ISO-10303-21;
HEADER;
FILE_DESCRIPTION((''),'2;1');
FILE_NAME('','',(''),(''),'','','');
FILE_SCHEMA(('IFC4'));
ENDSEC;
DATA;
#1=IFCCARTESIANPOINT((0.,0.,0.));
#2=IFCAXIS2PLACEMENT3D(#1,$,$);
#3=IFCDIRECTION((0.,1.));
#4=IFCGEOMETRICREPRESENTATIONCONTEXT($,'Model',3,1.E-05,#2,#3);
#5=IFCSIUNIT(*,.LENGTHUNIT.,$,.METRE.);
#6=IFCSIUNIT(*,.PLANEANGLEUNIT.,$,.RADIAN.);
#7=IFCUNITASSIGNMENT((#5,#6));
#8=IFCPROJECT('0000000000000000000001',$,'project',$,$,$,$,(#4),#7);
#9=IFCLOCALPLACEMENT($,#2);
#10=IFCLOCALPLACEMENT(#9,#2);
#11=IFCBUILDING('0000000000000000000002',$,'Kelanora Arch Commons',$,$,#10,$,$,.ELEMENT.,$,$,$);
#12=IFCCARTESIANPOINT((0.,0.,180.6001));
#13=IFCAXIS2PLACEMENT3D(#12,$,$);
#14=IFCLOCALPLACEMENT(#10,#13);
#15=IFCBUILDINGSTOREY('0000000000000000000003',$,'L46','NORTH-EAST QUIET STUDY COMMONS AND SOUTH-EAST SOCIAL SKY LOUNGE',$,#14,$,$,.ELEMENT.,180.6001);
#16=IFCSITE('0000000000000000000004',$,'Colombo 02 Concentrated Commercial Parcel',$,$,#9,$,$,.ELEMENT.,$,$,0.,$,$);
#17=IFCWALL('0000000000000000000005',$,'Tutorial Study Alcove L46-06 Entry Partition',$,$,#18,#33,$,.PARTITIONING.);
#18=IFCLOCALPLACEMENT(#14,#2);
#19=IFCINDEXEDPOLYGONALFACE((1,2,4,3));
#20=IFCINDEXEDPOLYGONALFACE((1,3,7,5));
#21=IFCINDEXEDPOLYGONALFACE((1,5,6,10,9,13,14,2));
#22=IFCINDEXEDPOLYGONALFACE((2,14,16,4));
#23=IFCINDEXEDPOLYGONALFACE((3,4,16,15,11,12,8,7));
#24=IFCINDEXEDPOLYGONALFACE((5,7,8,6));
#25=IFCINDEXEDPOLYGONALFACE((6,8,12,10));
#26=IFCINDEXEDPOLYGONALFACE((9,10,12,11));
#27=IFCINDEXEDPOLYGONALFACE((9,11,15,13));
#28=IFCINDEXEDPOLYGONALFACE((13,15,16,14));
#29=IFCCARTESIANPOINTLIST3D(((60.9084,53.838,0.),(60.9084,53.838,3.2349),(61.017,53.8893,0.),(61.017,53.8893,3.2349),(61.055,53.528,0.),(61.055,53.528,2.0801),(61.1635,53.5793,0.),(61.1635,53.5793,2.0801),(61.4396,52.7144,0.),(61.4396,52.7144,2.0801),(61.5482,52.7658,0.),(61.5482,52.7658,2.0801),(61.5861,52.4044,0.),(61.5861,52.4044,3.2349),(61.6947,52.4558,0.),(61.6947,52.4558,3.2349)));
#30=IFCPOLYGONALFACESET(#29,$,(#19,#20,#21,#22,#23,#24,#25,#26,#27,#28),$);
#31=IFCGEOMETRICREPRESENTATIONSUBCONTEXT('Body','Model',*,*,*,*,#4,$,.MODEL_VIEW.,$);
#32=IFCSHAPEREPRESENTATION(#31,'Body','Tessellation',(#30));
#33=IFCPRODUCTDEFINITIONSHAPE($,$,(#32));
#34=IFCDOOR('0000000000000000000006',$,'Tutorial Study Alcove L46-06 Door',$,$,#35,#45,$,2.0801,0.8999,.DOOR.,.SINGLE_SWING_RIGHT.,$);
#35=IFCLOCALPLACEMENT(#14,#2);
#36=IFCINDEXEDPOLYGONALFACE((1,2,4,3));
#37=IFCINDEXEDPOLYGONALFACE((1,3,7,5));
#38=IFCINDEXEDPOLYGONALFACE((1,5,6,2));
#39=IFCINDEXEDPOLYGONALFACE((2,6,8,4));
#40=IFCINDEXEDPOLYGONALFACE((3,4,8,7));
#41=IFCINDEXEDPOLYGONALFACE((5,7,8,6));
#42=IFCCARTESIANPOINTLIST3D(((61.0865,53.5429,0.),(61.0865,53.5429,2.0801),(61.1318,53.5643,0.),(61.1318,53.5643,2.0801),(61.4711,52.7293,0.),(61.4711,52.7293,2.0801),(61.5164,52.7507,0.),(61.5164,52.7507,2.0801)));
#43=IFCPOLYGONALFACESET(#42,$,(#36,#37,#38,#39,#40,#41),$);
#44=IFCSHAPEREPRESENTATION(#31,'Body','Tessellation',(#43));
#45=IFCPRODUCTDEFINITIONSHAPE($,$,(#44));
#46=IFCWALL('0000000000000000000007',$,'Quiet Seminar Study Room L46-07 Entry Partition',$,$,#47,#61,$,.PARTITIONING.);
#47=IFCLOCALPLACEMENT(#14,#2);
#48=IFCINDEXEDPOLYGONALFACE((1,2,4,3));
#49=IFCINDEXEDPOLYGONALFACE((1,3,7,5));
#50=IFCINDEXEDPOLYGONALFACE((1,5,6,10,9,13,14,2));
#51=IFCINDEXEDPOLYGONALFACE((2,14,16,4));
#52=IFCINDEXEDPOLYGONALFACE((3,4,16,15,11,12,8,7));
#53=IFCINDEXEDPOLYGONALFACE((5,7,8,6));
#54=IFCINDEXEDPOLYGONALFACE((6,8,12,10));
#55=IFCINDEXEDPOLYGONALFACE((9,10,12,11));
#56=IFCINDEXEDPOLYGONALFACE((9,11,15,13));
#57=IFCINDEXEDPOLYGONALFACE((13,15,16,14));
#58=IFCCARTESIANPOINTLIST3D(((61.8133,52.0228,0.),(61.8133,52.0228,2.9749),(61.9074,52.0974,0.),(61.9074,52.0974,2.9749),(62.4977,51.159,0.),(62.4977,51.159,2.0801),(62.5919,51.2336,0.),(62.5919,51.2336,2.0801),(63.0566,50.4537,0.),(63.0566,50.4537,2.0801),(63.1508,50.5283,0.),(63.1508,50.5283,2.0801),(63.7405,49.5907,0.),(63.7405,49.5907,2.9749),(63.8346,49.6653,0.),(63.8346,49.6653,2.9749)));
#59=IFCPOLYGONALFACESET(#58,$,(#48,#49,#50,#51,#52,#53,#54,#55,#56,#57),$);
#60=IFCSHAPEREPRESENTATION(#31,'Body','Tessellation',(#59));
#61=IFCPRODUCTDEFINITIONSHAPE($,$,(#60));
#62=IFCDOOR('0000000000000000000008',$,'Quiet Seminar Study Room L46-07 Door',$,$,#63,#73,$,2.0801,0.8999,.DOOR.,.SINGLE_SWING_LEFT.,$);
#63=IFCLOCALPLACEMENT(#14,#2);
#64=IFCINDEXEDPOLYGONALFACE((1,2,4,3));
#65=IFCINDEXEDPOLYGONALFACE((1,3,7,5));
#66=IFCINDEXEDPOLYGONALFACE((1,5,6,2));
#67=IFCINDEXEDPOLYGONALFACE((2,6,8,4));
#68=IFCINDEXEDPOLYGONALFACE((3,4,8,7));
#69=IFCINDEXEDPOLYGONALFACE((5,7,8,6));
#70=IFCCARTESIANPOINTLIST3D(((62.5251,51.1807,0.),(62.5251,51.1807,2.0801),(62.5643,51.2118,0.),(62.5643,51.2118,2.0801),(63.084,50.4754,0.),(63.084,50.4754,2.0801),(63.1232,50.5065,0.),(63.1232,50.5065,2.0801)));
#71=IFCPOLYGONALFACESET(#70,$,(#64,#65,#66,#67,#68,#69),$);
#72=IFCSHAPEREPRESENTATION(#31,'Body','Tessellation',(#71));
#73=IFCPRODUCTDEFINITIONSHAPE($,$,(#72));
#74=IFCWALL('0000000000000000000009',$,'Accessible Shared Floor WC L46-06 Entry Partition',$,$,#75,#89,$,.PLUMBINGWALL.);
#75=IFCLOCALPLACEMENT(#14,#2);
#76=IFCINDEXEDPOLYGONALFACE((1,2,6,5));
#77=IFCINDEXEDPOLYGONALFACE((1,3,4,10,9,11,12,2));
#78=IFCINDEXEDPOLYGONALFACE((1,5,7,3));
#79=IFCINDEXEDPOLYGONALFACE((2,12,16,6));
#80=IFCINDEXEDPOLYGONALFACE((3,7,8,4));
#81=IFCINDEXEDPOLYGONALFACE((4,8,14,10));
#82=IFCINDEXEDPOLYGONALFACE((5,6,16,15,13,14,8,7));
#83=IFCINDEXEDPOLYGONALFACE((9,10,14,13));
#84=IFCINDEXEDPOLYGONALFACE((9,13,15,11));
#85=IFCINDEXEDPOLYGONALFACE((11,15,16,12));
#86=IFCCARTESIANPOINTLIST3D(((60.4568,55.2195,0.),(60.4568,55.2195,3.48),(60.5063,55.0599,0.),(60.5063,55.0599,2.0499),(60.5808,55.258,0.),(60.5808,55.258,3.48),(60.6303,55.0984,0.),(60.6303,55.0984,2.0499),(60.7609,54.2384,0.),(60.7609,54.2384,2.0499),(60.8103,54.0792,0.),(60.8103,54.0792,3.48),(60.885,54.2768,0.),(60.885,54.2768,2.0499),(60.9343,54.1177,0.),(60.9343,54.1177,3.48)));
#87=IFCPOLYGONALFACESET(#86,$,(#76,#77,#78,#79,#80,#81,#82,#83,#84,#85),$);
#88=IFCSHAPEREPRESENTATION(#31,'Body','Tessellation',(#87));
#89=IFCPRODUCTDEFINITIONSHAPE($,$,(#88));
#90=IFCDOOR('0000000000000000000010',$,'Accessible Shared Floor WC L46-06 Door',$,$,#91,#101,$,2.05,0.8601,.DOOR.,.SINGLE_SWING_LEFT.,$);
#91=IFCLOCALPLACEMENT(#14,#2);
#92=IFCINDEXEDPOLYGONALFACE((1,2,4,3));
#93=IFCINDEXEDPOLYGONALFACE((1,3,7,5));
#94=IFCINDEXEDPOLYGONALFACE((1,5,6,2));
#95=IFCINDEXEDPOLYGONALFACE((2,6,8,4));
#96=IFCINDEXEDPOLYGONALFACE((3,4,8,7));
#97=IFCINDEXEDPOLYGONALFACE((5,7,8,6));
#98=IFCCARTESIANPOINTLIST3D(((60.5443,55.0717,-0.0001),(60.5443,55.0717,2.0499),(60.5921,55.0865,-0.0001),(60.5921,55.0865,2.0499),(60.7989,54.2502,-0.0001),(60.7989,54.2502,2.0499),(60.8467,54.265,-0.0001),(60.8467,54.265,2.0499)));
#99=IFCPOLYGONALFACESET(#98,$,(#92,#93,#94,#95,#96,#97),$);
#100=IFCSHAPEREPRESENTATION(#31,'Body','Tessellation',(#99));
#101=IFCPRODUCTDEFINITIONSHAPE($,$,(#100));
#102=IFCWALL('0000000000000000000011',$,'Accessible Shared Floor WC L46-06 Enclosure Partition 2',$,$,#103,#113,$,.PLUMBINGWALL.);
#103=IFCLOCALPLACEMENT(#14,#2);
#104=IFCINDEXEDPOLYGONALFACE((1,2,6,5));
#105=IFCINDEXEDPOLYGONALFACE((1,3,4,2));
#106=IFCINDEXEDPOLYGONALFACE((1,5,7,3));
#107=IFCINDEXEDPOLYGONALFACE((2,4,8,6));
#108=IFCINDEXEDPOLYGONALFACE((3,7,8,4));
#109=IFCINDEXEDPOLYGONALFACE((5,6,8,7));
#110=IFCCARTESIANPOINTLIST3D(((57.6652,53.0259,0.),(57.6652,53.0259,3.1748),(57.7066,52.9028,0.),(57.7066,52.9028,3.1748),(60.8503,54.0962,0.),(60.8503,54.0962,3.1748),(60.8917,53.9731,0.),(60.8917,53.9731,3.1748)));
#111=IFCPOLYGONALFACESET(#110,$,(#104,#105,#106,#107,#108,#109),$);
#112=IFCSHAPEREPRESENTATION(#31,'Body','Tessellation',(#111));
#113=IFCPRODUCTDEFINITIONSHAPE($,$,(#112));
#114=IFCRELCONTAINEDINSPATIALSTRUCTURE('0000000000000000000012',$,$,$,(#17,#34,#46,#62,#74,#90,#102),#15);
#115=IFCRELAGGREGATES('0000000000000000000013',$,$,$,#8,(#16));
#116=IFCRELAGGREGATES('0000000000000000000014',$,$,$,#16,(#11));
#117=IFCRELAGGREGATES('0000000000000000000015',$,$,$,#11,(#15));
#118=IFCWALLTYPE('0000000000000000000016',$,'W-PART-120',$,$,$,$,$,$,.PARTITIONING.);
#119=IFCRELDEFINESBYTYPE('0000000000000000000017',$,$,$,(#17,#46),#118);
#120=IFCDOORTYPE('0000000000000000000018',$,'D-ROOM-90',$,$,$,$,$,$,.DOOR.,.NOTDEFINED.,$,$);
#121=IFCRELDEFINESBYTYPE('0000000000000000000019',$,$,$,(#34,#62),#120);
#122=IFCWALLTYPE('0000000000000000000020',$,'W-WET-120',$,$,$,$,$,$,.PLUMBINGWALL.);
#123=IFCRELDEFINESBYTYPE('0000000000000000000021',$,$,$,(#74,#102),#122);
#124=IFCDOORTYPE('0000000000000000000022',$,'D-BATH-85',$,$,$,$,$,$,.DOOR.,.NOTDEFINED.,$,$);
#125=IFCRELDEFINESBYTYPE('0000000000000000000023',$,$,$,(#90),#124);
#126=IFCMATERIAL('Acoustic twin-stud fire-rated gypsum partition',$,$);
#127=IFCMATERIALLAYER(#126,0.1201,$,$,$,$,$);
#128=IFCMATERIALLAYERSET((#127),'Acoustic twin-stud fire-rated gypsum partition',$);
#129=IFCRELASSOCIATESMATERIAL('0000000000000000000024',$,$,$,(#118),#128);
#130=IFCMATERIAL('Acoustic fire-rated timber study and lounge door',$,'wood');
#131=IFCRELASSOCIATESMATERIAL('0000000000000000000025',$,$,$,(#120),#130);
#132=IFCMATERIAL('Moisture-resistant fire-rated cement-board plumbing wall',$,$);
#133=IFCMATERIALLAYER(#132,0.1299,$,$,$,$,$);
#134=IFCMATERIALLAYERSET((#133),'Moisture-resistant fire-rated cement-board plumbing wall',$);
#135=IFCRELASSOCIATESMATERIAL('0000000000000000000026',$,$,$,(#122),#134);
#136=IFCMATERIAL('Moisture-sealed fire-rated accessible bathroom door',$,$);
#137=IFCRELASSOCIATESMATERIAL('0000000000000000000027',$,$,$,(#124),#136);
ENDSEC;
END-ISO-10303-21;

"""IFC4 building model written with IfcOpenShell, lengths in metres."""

from ifc_helpers import new_model, si_unit, direction, frame, frame_2d, origin, place, context, subcontext, project, spatial, rectangle, extrude, material, layer, layer_set, type_object, element, fill, save


model = new_model("IFC4")

# Units and contexts
model_context = context("Model", 3, precision=1e-05, world=origin(), true_north=direction((0.0, 1.0)))
body_context = subcontext(model_context, "Body", "Model", "MODEL_VIEW")
ifc_project = project(units=[si_unit("LENGTHUNIT", "METRE"), si_unit("PLANEANGLEUNIT", "RADIAN")], contexts=[model_context])

# Site, building, storey
site_placement = place(None, origin())
site = spatial("IfcSite", under=ifc_project, at=site_placement, Name="Colombo 02 Concentrated Commercial Parcel", CompositionType="ELEMENT", RefElevation=0.0)
building_placement = place(site_placement, origin())
building = spatial("IfcBuilding", under=site, at=building_placement, Name="Kelanora Arch Commons", CompositionType="ELEMENT")
storey_placement = place(building_placement, frame((0.0, 0.0, 180.6001)))
storey = spatial("IfcBuildingStorey", under=building, at=storey_placement, Name="L46", Description="NORTH-EAST QUIET STUDY COMMONS AND SOUTH-EAST SOCIAL SKY LOUNGE", CompositionType="ELEMENT", Elevation=180.6001)

# Walls, openings, doors
ifc_material_1 = material(Name="Acoustic twin-stud fire-rated gypsum partition")
ifc_layer_1 = layer(ifc_material_1, 0.1201)
ifc_layer_set_1 = layer_set([ifc_layer_1], Name="Acoustic twin-stud fire-rated gypsum partition")
wall_type_1 = type_object("IfcWallType", Name="W-PART-120", PredefinedType="PARTITIONING", material=ifc_layer_set_1)
wall_1_placement = place(storey_placement, frame((60.9626, 53.8638, 0.0), z_axis=(0.0, 0.0, 1.0), x_axis=(0.427398, -0.904064, 0.0)))
wall_1 = element("IfcWall", 1, at=wall_1_placement, inside=storey, type_object=wall_type_1, Name="Tutorial Study Alcove L46-06 Entry Partition", PredefinedType="PARTITIONING", context=body_context, shape_type="SweptSolid", body=[
    extrude(rectangle(XDim=1.5857, YDim=0.1201, at=frame_2d((0.793, 0.0))), origin(), (0.0, 0.0, 1.0), 3.2349),
])
opening_1_placement = place(wall_1_placement, frame((0.343, 0.0, 0.0)))
opening_1 = element("IfcOpeningElement", 2, at=opening_1_placement, cuts=wall_1, PredefinedType="OPENING", context=body_context, shape_type="SweptSolid", body=[
    extrude(rectangle(XDim=0.8999, YDim=2.0801, at=frame_2d((0.45, 1.04))), frame((0.0, 0.0701, 0.0), z_axis=(0.0, -1.0, 0.0), x_axis=(1.0, 0.0, 0.0)), (0.0, 0.0, 1.0), 0.1401),
])
ifc_material_2 = material(Name="Acoustic fire-rated timber study and lounge door", Category="wood")
door_type_1 = type_object("IfcDoorType", Name="D-ROOM-90", OperationType="NOTDEFINED", PredefinedType="DOOR", material=ifc_material_2)
door_1_placement = place(opening_1_placement, origin())
door_1 = element("IfcDoor", 3, at=door_1_placement, inside=storey, type_object=door_type_1, Name="Tutorial Study Alcove L46-06 Door", OperationType="SINGLE_SWING_RIGHT", OverallHeight=2.0801, OverallWidth=0.8999, PredefinedType="DOOR", context=body_context, shape_type="SweptSolid", body=[
    extrude(rectangle(XDim=0.8999, YDim=2.0801, at=frame_2d((0.45, 1.04))), frame((0.0, 0.0249, 0.0), z_axis=(0.0, -1.0, 0.0), x_axis=(1.0, 0.0, 0.0)), (0.0, 0.0, 1.0), 0.05),
])
fill(opening_1, door_1)
wall_2_placement = place(storey_placement, frame((61.8604, 52.0601, 0.0), z_axis=(0.0, 0.0, 1.0), x_axis=(0.621062, -0.783762, 0.0)))
wall_2 = element("IfcWall", 4, at=wall_2_placement, inside=storey, type_object=wall_type_1, Name="Quiet Seminar Study Room L46-07 Entry Partition", PredefinedType="PARTITIONING", context=body_context, shape_type="SweptSolid", body=[
    extrude(rectangle(XDim=3.103, YDim=0.1201, at=frame_2d((1.5515, 0.0))), origin(), (0.0, 0.0, 1.0), 2.9749),
])
opening_2_placement = place(wall_2_placement, frame((1.1021, 0.0, 0.0)))
opening_2 = element("IfcOpeningElement", 5, at=opening_2_placement, cuts=wall_2, PredefinedType="OPENING", context=body_context, shape_type="SweptSolid", body=[
    extrude(rectangle(XDim=0.8999, YDim=2.0801, at=frame_2d((0.45, 1.04))), frame((0.0, 0.0701, 0.0), z_axis=(0.0, -1.0, 0.0), x_axis=(1.0, 0.0, 0.0)), (0.0, 0.0, 1.0), 0.1401),
])
door_2_placement = place(opening_2_placement, origin())
door_2 = element("IfcDoor", 6, at=door_2_placement, inside=storey, type_object=door_type_1, Name="Quiet Seminar Study Room L46-07 Door", OperationType="SINGLE_SWING_LEFT", OverallHeight=2.0801, OverallWidth=0.8999, PredefinedType="DOOR", context=body_context, shape_type="SweptSolid", body=[
    extrude(rectangle(XDim=0.8999, YDim=2.0801, at=frame_2d((0.45, 1.04))), frame((0.0, 0.0249, 0.0), z_axis=(0.0, -1.0, 0.0), x_axis=(1.0, 0.0, 0.0)), (0.0, 0.0, 1.0), 0.05),
])
fill(opening_2, door_2)
ifc_material_3 = material(Name="Moisture-resistant fire-rated cement-board plumbing wall")
ifc_layer_2 = layer(ifc_material_3, 0.1299)
ifc_layer_set_2 = layer_set([ifc_layer_2], Name="Moisture-resistant fire-rated cement-board plumbing wall")
wall_type_2 = type_object("IfcWallType", Name="W-WET-120", PredefinedType="PLUMBINGWALL", material=ifc_layer_set_2)
wall_3_placement = place(storey_placement, frame((60.5188, 55.2388, 0.0), z_axis=(0.0, 0.0, 1.0), x_axis=(0.296097, -0.955158, 0.0)))
wall_3 = element("IfcWall", 7, at=wall_3_placement, inside=storey, type_object=wall_type_2, Name="Accessible Shared Floor WC L46-06 Entry Partition", PredefinedType="PLUMBINGWALL", context=body_context, shape_type="SweptSolid", body=[
    extrude(rectangle(XDim=1.1938, YDim=0.1299, at=frame_2d((0.5969, 0.0))), origin(), (0.0, 0.0, 1.0), 3.48),
])
opening_3_placement = place(wall_3_placement, frame((0.167, 0.0, 0.0)))
opening_3 = element("IfcOpeningElement", 8, at=opening_3_placement, cuts=wall_3, PredefinedType="OPENING", context=body_context, shape_type="SweptSolid", body=[
    extrude(rectangle(XDim=0.8601, YDim=2.05, at=frame_2d((0.4302, 1.0249))), frame((0.0, 0.075, 0.0), z_axis=(0.0, -1.0, 0.0), x_axis=(1.0, 0.0, 0.0)), (0.0, 0.0, 1.0), 0.1499),
])
ifc_material_4 = material(Name="Moisture-sealed fire-rated accessible bathroom door")
door_type_2 = type_object("IfcDoorType", Name="D-BATH-85", OperationType="NOTDEFINED", PredefinedType="DOOR", material=ifc_material_4)
door_3_placement = place(opening_3_placement, origin())
door_3 = element("IfcDoor", 9, at=door_3_placement, inside=storey, type_object=door_type_2, Name="Accessible Shared Floor WC L46-06 Door", OperationType="SINGLE_SWING_LEFT", OverallHeight=2.05, OverallWidth=0.8601, PredefinedType="DOOR", context=body_context, shape_type="SweptSolid", body=[
    extrude(rectangle(XDim=0.8601, YDim=2.05, at=frame_2d((0.4302, 1.0249))), frame((0.0, 0.0249, 0.0), z_axis=(0.0, -1.0, 0.0), x_axis=(1.0, 0.0, 0.0)), (0.0, 0.0, 1.0), 0.05),
])
fill(opening_3, door_3)

# Wall
wall_4_placement = place(storey_placement, frame((60.8711, 54.0347, 0.0), z_axis=(0.0, 0.0, 1.0), x_axis=(-0.94791, -0.318537, 0.0)))
element("IfcWall", 10, at=wall_4_placement, inside=storey, type_object=wall_type_2, Name="Accessible Shared Floor WC L46-06 Enclosure Partition 2", PredefinedType="PLUMBINGWALL", context=body_context, shape_type="SweptSolid", body=[
    extrude(rectangle(XDim=3.3601, YDim=0.1299, at=frame_2d((1.6802, 0.0))), origin(), (0.0, 0.0, 1.0), 3.1748),
])

save(model, "model.ifc")
